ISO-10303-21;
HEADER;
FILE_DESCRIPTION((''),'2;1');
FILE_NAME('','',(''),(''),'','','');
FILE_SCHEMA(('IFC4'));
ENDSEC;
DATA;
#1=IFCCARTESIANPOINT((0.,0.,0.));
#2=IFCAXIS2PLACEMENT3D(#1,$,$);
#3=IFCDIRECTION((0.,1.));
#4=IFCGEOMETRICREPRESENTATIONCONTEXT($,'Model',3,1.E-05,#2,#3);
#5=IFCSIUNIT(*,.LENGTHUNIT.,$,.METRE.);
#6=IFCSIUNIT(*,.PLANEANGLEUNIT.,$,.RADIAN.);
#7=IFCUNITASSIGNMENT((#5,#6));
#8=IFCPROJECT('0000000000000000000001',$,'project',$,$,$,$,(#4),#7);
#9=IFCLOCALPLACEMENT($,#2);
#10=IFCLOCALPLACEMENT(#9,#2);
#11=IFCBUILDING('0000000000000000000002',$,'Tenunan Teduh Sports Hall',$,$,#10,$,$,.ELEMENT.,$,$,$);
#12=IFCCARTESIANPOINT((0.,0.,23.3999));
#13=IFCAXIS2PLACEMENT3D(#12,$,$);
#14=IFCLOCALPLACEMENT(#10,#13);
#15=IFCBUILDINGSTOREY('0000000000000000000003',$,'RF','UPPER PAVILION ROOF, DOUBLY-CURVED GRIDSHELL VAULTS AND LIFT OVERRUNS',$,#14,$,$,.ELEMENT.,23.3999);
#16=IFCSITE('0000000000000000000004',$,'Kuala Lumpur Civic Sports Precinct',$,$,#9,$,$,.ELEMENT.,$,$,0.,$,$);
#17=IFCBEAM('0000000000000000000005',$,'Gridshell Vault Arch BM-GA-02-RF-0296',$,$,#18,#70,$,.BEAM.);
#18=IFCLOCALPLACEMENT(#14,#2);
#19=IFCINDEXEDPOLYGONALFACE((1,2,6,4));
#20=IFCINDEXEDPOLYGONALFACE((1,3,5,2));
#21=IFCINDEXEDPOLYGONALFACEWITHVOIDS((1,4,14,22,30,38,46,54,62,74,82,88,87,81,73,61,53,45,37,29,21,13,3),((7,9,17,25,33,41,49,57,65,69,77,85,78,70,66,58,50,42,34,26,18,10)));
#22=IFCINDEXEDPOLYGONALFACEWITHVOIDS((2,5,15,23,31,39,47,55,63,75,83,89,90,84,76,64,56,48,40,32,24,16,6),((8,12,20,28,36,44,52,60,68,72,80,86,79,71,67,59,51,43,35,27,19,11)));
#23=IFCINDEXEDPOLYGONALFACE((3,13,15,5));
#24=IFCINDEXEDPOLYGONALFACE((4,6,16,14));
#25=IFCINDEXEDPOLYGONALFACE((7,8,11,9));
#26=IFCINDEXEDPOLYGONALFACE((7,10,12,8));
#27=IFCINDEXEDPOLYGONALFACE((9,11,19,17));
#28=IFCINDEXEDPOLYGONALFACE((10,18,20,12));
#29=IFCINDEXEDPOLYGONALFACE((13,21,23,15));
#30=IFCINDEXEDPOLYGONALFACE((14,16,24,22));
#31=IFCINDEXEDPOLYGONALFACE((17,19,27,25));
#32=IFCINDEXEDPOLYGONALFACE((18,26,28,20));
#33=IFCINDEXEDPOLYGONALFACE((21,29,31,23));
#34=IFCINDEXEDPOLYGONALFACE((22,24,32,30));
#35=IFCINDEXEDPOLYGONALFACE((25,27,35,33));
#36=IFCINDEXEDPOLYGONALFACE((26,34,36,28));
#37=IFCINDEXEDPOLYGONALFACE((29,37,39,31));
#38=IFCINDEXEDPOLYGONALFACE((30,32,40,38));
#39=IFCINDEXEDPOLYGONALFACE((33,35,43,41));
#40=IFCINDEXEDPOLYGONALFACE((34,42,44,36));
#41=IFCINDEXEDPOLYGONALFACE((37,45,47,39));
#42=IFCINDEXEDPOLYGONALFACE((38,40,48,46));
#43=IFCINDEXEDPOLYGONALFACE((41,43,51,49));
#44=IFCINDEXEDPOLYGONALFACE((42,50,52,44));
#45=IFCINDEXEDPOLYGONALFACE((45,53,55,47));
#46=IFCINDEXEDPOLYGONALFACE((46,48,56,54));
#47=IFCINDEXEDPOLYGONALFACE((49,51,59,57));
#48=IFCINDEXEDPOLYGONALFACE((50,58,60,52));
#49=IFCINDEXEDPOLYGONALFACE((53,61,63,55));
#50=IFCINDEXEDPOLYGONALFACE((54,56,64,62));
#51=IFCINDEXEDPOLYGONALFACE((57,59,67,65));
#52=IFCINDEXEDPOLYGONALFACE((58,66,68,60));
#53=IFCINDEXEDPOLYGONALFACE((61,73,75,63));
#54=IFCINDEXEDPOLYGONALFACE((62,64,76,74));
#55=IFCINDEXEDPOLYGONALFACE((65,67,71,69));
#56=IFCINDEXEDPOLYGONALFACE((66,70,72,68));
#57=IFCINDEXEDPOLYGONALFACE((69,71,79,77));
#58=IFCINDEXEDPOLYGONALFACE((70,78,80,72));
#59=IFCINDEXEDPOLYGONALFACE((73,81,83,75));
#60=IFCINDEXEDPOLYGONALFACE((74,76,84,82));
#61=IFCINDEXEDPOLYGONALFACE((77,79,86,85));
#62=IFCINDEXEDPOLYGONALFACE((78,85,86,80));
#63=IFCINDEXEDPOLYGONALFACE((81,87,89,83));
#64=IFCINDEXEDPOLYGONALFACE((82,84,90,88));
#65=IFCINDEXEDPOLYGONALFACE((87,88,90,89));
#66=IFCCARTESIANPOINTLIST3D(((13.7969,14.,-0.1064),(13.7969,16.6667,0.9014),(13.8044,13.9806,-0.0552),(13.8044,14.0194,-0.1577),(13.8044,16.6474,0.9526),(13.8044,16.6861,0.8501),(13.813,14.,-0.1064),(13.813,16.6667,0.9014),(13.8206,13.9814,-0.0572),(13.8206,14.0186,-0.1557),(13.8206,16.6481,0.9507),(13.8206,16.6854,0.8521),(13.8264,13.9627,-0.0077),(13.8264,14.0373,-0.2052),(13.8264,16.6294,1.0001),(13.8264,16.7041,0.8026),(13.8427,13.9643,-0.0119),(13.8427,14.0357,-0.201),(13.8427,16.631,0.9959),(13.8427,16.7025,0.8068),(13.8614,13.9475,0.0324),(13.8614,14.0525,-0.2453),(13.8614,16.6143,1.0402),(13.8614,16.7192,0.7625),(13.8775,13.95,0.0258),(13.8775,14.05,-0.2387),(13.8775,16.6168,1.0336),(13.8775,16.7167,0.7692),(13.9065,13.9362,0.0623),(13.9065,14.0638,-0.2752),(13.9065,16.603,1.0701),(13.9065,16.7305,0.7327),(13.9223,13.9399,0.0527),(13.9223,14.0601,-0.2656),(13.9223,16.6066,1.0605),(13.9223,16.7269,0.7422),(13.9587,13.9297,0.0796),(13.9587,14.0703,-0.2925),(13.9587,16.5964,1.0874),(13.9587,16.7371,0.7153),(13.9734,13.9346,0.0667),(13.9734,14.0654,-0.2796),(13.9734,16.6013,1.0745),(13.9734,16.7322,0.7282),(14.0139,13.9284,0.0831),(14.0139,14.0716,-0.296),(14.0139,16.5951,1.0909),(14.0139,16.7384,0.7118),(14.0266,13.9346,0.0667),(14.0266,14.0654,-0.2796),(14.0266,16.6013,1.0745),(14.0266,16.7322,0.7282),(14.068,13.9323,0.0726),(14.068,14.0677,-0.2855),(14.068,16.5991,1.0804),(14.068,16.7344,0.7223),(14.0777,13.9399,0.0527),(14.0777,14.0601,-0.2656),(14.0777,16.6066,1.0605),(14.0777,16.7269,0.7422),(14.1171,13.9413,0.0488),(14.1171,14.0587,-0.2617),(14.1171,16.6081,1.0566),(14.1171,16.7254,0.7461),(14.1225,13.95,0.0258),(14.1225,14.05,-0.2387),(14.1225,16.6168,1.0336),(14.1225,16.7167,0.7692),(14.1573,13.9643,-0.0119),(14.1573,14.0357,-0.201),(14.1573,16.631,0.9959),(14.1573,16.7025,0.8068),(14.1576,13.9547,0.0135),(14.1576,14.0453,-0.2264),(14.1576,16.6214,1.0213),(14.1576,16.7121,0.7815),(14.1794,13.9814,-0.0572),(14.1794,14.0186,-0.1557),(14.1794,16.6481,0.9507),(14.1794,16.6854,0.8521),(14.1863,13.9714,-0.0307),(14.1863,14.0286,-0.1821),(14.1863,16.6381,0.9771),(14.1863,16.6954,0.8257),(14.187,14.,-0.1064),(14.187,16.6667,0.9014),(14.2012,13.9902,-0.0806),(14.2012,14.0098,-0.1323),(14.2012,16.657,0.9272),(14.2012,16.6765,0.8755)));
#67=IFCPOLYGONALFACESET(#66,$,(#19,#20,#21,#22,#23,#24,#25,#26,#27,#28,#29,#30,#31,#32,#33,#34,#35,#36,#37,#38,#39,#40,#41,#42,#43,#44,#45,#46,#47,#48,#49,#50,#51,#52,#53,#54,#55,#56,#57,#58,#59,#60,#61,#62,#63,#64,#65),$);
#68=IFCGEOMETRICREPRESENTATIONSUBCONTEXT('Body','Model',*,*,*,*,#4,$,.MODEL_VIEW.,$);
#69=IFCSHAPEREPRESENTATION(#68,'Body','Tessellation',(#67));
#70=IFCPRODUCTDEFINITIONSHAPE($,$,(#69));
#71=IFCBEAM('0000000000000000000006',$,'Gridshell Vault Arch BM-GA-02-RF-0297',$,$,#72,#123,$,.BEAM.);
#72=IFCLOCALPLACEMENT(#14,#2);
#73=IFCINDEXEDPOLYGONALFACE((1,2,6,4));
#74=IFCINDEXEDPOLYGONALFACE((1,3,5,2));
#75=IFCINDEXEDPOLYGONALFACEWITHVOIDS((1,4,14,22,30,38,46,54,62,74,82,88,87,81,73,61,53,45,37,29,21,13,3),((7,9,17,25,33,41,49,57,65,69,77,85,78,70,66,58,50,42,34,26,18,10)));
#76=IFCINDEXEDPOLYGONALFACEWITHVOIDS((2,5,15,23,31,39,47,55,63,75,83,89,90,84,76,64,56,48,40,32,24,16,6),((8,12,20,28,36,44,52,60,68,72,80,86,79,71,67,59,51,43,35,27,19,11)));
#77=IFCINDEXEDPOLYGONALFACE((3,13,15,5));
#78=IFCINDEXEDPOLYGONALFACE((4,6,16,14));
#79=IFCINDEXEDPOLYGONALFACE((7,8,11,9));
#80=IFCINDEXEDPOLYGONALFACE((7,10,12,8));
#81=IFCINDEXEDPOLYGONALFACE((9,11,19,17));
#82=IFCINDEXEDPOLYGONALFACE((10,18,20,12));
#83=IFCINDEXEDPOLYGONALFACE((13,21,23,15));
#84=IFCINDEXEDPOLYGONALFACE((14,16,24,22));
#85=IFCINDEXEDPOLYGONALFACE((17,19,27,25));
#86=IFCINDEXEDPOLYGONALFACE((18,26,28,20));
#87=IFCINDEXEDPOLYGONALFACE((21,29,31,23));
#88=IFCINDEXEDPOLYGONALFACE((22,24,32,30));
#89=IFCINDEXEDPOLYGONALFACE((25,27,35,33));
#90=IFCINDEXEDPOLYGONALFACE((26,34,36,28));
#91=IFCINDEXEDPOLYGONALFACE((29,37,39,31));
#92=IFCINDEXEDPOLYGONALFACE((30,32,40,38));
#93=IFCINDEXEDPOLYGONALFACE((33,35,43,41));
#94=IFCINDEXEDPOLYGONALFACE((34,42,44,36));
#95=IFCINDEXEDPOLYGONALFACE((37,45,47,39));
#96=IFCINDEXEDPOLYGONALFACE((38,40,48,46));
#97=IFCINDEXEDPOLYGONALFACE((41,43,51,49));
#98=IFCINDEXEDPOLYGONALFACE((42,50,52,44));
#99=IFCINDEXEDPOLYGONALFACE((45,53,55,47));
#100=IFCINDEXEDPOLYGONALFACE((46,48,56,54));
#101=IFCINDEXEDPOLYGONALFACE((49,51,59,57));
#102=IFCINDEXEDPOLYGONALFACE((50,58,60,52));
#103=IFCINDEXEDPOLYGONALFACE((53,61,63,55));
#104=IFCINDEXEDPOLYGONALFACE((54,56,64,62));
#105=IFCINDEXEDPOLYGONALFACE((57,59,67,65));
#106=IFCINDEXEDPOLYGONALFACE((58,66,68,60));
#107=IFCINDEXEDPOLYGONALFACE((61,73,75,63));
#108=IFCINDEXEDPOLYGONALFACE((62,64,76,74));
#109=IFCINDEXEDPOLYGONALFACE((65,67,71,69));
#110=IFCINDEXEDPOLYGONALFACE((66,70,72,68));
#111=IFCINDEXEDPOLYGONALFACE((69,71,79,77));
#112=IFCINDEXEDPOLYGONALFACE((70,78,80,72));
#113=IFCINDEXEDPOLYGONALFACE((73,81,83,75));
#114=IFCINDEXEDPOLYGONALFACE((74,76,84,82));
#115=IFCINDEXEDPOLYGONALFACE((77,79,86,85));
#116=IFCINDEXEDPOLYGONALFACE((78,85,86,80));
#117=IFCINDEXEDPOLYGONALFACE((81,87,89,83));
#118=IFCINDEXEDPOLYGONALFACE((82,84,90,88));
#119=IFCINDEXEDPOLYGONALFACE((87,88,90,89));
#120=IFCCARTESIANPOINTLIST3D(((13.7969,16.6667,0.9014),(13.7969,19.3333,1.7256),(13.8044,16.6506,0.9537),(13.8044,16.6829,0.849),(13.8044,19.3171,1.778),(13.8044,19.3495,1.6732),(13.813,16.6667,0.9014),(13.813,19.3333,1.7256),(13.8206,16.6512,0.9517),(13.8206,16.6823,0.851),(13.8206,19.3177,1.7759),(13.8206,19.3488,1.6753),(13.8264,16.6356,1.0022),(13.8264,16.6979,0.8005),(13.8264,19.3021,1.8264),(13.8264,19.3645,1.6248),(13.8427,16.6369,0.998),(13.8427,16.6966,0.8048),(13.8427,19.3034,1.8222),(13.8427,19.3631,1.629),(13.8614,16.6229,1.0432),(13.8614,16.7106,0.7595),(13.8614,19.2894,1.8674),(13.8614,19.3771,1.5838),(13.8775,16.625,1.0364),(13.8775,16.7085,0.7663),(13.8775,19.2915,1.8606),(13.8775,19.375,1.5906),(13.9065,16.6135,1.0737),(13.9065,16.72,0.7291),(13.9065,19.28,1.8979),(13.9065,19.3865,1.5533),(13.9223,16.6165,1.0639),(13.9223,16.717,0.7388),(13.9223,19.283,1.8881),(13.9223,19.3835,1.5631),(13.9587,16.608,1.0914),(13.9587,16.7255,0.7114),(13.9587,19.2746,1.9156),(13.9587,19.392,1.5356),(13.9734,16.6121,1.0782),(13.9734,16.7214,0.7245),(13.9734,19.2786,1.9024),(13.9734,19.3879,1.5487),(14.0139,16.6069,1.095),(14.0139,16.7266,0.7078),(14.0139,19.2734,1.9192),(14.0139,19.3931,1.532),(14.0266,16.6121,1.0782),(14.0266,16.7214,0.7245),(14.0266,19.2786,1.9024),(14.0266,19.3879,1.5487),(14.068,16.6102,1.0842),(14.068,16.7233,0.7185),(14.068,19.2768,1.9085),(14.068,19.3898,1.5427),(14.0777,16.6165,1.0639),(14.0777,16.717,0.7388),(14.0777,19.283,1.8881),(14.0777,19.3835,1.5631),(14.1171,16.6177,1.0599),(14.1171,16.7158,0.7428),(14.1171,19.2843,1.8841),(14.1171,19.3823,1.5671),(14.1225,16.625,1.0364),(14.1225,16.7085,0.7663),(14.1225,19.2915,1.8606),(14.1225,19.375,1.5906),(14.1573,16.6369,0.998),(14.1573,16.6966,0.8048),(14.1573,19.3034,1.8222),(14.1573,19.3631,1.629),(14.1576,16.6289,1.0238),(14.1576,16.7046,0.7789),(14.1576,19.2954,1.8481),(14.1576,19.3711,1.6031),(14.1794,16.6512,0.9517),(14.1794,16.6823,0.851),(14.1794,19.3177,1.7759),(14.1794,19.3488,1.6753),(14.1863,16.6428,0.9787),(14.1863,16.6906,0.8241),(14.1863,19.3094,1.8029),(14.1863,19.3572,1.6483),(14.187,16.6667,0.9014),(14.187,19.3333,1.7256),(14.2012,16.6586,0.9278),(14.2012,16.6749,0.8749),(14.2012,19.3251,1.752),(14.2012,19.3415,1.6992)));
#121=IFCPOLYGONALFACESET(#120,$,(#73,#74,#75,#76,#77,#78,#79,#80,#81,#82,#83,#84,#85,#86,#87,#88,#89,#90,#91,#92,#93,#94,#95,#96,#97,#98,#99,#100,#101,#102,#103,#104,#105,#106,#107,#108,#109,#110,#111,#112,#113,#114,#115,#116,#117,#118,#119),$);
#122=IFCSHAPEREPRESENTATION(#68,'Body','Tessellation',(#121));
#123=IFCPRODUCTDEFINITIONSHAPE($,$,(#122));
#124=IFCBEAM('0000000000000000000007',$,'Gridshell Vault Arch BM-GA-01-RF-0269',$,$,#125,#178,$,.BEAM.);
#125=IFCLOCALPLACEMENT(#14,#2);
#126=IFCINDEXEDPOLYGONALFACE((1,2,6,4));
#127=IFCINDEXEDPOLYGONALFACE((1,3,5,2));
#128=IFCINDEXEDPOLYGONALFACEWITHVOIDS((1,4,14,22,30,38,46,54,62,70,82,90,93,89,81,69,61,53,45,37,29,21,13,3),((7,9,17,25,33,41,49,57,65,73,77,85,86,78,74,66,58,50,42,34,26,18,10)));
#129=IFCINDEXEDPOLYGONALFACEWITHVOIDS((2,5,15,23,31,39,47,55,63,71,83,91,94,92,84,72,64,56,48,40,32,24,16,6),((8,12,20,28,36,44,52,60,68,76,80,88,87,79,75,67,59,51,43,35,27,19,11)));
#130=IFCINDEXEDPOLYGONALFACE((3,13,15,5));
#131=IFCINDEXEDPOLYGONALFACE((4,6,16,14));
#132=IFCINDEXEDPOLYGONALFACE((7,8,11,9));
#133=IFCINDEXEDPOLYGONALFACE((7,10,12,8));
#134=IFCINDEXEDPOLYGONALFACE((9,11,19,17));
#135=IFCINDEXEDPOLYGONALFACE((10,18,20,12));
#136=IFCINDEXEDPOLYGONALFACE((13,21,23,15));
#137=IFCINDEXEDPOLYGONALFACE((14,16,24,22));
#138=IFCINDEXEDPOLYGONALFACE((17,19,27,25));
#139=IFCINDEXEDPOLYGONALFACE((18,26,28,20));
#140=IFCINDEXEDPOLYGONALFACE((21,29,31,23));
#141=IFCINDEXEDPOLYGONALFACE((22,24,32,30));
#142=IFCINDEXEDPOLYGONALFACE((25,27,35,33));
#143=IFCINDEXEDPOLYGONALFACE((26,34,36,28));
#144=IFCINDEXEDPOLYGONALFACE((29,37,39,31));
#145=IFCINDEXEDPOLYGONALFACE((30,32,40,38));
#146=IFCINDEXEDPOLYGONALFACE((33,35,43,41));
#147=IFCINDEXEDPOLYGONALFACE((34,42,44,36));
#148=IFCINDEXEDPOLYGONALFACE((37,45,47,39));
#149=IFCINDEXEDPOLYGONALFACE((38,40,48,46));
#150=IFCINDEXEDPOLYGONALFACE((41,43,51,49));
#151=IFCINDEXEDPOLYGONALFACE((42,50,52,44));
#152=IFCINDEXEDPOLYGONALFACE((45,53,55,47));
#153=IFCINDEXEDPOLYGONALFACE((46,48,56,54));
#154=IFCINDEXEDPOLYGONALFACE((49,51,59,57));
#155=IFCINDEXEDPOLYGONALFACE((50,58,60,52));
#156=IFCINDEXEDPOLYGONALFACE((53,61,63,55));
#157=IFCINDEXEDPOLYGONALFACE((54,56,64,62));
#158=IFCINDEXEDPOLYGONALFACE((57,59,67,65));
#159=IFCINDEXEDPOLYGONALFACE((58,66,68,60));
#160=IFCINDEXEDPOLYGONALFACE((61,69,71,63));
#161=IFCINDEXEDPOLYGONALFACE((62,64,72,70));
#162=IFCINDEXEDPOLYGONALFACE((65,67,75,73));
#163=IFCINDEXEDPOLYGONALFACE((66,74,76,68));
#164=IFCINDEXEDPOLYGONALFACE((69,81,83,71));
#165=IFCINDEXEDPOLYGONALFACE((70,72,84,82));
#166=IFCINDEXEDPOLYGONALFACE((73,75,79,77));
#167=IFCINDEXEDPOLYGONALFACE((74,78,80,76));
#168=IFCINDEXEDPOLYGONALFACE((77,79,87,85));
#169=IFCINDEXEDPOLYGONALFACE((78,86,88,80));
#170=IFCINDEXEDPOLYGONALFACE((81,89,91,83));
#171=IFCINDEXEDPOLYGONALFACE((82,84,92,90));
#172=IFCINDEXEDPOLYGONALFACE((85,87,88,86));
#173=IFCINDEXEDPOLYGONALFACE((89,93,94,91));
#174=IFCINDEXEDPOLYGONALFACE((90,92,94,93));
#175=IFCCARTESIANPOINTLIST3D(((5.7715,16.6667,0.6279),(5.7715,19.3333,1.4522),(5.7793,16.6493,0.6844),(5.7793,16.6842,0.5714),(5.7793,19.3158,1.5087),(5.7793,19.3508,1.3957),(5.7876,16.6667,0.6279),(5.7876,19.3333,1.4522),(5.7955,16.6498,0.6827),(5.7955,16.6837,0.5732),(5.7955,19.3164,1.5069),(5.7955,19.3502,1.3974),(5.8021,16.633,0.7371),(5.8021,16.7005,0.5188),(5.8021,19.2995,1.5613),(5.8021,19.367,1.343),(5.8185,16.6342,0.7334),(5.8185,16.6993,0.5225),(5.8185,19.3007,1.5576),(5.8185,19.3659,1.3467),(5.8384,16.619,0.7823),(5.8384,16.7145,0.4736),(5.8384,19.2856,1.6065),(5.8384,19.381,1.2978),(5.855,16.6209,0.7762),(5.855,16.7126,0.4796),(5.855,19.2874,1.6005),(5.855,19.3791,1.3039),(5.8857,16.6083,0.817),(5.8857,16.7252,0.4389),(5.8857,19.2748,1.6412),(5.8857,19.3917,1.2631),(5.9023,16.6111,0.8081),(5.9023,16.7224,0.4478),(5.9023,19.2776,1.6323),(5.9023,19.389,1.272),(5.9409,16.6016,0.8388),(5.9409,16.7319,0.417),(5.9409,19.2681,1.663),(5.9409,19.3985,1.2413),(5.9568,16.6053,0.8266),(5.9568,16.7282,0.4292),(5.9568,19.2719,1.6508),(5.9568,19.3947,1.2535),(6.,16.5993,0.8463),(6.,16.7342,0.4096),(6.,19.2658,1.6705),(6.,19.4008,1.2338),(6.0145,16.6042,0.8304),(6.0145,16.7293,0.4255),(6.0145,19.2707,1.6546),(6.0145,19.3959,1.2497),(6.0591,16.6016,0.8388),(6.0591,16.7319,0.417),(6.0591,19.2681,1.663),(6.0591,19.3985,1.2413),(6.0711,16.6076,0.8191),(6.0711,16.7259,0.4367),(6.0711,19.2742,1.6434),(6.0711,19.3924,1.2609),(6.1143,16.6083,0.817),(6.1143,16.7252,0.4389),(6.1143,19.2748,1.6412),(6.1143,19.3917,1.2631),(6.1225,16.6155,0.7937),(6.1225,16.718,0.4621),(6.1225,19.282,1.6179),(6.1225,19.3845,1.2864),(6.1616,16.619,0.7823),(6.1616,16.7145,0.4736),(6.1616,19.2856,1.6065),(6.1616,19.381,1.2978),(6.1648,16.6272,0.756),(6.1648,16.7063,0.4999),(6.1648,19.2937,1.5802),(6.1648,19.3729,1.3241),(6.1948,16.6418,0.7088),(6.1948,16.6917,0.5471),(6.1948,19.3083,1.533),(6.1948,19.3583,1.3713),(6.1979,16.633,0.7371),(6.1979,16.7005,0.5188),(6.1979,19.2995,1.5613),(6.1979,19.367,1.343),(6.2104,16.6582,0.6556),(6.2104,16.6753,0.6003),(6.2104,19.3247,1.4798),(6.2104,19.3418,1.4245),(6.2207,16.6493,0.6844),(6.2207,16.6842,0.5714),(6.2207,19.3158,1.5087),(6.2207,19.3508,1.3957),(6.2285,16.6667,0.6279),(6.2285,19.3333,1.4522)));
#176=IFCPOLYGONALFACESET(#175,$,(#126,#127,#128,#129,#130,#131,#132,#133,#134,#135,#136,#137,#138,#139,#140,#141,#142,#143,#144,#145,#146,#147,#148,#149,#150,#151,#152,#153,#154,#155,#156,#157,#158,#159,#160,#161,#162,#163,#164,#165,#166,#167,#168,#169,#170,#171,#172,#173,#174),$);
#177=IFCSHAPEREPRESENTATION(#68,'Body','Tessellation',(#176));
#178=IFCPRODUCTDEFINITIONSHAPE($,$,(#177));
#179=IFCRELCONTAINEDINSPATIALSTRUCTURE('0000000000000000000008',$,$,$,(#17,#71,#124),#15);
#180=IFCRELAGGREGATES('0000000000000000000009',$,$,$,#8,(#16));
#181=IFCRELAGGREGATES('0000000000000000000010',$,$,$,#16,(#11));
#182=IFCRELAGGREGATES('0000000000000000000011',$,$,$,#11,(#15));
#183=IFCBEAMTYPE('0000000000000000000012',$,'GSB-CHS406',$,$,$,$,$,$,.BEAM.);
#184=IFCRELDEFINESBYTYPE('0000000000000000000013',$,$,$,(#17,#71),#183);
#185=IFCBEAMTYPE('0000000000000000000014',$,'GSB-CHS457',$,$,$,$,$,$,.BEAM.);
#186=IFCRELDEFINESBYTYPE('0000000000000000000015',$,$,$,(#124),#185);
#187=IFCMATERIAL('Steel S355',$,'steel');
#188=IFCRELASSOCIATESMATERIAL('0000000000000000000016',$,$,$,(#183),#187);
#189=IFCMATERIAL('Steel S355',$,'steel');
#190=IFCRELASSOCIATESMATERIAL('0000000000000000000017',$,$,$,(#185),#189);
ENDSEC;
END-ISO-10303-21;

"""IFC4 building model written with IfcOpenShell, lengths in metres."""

from ifc_helpers import new_model, si_unit, direction, frame, origin, origin_2d, place, context, subcontext, project, spatial, hollow_circle, extrude, material, material_profile, profile_set, type_object, element, save


model = new_model("IFC4")

# Units and contexts
model_context = context("Model", 3, precision=1e-05, world=origin(), true_north=direction((0.0, 1.0)))
body_context = subcontext(model_context, "Body", "Model", "MODEL_VIEW")
ifc_project = project(units=[si_unit("LENGTHUNIT", "METRE"), si_unit("PLANEANGLEUNIT", "RADIAN")], contexts=[model_context])

# Site, building, storey
site_placement = place(None, origin())
site = spatial("IfcSite", under=ifc_project, at=site_placement, Name="Kuala Lumpur Civic Sports Precinct", CompositionType="ELEMENT", RefElevation=0.0)
building_placement = place(site_placement, origin())
building = spatial("IfcBuilding", under=site, at=building_placement, Name="Tenunan Teduh Sports Hall", CompositionType="ELEMENT")
storey_placement = place(building_placement, frame((0.0, 0.0, 23.3999)))
storey = spatial("IfcBuildingStorey", under=building, at=storey_placement, Name="RF", Description="UPPER PAVILION ROOF, DOUBLY-CURVED GRIDSHELL VAULTS AND LIFT OVERRUNS", CompositionType="ELEMENT", Elevation=23.3999)

# Beams
ifc_material_1 = material(Name="Steel S355", Category="steel")
ifc_material_profile_1 = material_profile(ifc_material_1, hollow_circle(Radius=0.2031, WallThickness=0.0161, at=origin_2d()), Name="CHS 406.4x16.0")
ifc_profile_set_1 = profile_set([ifc_material_profile_1], Name="Steel S355")
beam_type_1 = type_object("IfcBeamType", Name="GSB-CHS406", PredefinedType="BEAM", material=ifc_profile_set_1)
beam_1_placement = place(storey_placement, frame((14.0, 14.0, -0.1064), z_axis=(0.0, 0.935429, 0.353515), x_axis=(-1.0, 0.0, 0.0)))
element("IfcBeam", 1, at=beam_1_placement, inside=storey, type_object=beam_type_1, Name="Gridshell Vault Arch BM-GA-02-RF-0296", PredefinedType="BEAM", context=body_context, shape_type="SweptSolid", body=[
    extrude(hollow_circle(Radius=0.2031, WallThickness=0.0161, at=origin_2d()), origin(), (0.0, 0.0, 1.0), 2.8508),
])
beam_2_placement = place(storey_placement, frame((14.0, 16.6667, 0.9014), z_axis=(0.0, 0.9554, 0.295315), x_axis=(-1.0, 0.0, 0.0)))
element("IfcBeam", 2, at=beam_2_placement, inside=storey, type_object=beam_type_1, Name="Gridshell Vault Arch BM-GA-02-RF-0297", PredefinedType="BEAM", context=body_context, shape_type="SweptSolid", body=[
    extrude(hollow_circle(Radius=0.2031, WallThickness=0.0161, at=origin_2d()), origin(), (0.0, 0.0, 1.0), 2.791),
])
ifc_material_2 = material(Name="Steel S355", Category="steel")
ifc_material_profile_2 = material_profile(ifc_material_2, hollow_circle(Radius=0.2285, WallThickness=0.0161, at=origin_2d()), Name="CHS 457.0x16.0")
ifc_profile_set_2 = profile_set([ifc_material_profile_2], Name="Steel S355")
beam_type_2 = type_object("IfcBeamType", Name="GSB-CHS457", PredefinedType="BEAM", material=ifc_profile_set_2)
beam_3_placement = place(storey_placement, frame((6.0, 16.6667, 0.6279), z_axis=(0.0, 0.9554, 0.295315), x_axis=(-1.0, 0.0, 0.0)))
element("IfcBeam", 3, at=beam_3_placement, inside=storey, type_object=beam_type_2, Name="Gridshell Vault Arch BM-GA-01-RF-0269", PredefinedType="BEAM", context=body_context, shape_type="SweptSolid", body=[
    extrude(hollow_circle(Radius=0.2285, WallThickness=0.0161, at=origin_2d()), origin(), (0.0, 0.0, 1.0), 2.791),
])

save(model, "model.ifc")
